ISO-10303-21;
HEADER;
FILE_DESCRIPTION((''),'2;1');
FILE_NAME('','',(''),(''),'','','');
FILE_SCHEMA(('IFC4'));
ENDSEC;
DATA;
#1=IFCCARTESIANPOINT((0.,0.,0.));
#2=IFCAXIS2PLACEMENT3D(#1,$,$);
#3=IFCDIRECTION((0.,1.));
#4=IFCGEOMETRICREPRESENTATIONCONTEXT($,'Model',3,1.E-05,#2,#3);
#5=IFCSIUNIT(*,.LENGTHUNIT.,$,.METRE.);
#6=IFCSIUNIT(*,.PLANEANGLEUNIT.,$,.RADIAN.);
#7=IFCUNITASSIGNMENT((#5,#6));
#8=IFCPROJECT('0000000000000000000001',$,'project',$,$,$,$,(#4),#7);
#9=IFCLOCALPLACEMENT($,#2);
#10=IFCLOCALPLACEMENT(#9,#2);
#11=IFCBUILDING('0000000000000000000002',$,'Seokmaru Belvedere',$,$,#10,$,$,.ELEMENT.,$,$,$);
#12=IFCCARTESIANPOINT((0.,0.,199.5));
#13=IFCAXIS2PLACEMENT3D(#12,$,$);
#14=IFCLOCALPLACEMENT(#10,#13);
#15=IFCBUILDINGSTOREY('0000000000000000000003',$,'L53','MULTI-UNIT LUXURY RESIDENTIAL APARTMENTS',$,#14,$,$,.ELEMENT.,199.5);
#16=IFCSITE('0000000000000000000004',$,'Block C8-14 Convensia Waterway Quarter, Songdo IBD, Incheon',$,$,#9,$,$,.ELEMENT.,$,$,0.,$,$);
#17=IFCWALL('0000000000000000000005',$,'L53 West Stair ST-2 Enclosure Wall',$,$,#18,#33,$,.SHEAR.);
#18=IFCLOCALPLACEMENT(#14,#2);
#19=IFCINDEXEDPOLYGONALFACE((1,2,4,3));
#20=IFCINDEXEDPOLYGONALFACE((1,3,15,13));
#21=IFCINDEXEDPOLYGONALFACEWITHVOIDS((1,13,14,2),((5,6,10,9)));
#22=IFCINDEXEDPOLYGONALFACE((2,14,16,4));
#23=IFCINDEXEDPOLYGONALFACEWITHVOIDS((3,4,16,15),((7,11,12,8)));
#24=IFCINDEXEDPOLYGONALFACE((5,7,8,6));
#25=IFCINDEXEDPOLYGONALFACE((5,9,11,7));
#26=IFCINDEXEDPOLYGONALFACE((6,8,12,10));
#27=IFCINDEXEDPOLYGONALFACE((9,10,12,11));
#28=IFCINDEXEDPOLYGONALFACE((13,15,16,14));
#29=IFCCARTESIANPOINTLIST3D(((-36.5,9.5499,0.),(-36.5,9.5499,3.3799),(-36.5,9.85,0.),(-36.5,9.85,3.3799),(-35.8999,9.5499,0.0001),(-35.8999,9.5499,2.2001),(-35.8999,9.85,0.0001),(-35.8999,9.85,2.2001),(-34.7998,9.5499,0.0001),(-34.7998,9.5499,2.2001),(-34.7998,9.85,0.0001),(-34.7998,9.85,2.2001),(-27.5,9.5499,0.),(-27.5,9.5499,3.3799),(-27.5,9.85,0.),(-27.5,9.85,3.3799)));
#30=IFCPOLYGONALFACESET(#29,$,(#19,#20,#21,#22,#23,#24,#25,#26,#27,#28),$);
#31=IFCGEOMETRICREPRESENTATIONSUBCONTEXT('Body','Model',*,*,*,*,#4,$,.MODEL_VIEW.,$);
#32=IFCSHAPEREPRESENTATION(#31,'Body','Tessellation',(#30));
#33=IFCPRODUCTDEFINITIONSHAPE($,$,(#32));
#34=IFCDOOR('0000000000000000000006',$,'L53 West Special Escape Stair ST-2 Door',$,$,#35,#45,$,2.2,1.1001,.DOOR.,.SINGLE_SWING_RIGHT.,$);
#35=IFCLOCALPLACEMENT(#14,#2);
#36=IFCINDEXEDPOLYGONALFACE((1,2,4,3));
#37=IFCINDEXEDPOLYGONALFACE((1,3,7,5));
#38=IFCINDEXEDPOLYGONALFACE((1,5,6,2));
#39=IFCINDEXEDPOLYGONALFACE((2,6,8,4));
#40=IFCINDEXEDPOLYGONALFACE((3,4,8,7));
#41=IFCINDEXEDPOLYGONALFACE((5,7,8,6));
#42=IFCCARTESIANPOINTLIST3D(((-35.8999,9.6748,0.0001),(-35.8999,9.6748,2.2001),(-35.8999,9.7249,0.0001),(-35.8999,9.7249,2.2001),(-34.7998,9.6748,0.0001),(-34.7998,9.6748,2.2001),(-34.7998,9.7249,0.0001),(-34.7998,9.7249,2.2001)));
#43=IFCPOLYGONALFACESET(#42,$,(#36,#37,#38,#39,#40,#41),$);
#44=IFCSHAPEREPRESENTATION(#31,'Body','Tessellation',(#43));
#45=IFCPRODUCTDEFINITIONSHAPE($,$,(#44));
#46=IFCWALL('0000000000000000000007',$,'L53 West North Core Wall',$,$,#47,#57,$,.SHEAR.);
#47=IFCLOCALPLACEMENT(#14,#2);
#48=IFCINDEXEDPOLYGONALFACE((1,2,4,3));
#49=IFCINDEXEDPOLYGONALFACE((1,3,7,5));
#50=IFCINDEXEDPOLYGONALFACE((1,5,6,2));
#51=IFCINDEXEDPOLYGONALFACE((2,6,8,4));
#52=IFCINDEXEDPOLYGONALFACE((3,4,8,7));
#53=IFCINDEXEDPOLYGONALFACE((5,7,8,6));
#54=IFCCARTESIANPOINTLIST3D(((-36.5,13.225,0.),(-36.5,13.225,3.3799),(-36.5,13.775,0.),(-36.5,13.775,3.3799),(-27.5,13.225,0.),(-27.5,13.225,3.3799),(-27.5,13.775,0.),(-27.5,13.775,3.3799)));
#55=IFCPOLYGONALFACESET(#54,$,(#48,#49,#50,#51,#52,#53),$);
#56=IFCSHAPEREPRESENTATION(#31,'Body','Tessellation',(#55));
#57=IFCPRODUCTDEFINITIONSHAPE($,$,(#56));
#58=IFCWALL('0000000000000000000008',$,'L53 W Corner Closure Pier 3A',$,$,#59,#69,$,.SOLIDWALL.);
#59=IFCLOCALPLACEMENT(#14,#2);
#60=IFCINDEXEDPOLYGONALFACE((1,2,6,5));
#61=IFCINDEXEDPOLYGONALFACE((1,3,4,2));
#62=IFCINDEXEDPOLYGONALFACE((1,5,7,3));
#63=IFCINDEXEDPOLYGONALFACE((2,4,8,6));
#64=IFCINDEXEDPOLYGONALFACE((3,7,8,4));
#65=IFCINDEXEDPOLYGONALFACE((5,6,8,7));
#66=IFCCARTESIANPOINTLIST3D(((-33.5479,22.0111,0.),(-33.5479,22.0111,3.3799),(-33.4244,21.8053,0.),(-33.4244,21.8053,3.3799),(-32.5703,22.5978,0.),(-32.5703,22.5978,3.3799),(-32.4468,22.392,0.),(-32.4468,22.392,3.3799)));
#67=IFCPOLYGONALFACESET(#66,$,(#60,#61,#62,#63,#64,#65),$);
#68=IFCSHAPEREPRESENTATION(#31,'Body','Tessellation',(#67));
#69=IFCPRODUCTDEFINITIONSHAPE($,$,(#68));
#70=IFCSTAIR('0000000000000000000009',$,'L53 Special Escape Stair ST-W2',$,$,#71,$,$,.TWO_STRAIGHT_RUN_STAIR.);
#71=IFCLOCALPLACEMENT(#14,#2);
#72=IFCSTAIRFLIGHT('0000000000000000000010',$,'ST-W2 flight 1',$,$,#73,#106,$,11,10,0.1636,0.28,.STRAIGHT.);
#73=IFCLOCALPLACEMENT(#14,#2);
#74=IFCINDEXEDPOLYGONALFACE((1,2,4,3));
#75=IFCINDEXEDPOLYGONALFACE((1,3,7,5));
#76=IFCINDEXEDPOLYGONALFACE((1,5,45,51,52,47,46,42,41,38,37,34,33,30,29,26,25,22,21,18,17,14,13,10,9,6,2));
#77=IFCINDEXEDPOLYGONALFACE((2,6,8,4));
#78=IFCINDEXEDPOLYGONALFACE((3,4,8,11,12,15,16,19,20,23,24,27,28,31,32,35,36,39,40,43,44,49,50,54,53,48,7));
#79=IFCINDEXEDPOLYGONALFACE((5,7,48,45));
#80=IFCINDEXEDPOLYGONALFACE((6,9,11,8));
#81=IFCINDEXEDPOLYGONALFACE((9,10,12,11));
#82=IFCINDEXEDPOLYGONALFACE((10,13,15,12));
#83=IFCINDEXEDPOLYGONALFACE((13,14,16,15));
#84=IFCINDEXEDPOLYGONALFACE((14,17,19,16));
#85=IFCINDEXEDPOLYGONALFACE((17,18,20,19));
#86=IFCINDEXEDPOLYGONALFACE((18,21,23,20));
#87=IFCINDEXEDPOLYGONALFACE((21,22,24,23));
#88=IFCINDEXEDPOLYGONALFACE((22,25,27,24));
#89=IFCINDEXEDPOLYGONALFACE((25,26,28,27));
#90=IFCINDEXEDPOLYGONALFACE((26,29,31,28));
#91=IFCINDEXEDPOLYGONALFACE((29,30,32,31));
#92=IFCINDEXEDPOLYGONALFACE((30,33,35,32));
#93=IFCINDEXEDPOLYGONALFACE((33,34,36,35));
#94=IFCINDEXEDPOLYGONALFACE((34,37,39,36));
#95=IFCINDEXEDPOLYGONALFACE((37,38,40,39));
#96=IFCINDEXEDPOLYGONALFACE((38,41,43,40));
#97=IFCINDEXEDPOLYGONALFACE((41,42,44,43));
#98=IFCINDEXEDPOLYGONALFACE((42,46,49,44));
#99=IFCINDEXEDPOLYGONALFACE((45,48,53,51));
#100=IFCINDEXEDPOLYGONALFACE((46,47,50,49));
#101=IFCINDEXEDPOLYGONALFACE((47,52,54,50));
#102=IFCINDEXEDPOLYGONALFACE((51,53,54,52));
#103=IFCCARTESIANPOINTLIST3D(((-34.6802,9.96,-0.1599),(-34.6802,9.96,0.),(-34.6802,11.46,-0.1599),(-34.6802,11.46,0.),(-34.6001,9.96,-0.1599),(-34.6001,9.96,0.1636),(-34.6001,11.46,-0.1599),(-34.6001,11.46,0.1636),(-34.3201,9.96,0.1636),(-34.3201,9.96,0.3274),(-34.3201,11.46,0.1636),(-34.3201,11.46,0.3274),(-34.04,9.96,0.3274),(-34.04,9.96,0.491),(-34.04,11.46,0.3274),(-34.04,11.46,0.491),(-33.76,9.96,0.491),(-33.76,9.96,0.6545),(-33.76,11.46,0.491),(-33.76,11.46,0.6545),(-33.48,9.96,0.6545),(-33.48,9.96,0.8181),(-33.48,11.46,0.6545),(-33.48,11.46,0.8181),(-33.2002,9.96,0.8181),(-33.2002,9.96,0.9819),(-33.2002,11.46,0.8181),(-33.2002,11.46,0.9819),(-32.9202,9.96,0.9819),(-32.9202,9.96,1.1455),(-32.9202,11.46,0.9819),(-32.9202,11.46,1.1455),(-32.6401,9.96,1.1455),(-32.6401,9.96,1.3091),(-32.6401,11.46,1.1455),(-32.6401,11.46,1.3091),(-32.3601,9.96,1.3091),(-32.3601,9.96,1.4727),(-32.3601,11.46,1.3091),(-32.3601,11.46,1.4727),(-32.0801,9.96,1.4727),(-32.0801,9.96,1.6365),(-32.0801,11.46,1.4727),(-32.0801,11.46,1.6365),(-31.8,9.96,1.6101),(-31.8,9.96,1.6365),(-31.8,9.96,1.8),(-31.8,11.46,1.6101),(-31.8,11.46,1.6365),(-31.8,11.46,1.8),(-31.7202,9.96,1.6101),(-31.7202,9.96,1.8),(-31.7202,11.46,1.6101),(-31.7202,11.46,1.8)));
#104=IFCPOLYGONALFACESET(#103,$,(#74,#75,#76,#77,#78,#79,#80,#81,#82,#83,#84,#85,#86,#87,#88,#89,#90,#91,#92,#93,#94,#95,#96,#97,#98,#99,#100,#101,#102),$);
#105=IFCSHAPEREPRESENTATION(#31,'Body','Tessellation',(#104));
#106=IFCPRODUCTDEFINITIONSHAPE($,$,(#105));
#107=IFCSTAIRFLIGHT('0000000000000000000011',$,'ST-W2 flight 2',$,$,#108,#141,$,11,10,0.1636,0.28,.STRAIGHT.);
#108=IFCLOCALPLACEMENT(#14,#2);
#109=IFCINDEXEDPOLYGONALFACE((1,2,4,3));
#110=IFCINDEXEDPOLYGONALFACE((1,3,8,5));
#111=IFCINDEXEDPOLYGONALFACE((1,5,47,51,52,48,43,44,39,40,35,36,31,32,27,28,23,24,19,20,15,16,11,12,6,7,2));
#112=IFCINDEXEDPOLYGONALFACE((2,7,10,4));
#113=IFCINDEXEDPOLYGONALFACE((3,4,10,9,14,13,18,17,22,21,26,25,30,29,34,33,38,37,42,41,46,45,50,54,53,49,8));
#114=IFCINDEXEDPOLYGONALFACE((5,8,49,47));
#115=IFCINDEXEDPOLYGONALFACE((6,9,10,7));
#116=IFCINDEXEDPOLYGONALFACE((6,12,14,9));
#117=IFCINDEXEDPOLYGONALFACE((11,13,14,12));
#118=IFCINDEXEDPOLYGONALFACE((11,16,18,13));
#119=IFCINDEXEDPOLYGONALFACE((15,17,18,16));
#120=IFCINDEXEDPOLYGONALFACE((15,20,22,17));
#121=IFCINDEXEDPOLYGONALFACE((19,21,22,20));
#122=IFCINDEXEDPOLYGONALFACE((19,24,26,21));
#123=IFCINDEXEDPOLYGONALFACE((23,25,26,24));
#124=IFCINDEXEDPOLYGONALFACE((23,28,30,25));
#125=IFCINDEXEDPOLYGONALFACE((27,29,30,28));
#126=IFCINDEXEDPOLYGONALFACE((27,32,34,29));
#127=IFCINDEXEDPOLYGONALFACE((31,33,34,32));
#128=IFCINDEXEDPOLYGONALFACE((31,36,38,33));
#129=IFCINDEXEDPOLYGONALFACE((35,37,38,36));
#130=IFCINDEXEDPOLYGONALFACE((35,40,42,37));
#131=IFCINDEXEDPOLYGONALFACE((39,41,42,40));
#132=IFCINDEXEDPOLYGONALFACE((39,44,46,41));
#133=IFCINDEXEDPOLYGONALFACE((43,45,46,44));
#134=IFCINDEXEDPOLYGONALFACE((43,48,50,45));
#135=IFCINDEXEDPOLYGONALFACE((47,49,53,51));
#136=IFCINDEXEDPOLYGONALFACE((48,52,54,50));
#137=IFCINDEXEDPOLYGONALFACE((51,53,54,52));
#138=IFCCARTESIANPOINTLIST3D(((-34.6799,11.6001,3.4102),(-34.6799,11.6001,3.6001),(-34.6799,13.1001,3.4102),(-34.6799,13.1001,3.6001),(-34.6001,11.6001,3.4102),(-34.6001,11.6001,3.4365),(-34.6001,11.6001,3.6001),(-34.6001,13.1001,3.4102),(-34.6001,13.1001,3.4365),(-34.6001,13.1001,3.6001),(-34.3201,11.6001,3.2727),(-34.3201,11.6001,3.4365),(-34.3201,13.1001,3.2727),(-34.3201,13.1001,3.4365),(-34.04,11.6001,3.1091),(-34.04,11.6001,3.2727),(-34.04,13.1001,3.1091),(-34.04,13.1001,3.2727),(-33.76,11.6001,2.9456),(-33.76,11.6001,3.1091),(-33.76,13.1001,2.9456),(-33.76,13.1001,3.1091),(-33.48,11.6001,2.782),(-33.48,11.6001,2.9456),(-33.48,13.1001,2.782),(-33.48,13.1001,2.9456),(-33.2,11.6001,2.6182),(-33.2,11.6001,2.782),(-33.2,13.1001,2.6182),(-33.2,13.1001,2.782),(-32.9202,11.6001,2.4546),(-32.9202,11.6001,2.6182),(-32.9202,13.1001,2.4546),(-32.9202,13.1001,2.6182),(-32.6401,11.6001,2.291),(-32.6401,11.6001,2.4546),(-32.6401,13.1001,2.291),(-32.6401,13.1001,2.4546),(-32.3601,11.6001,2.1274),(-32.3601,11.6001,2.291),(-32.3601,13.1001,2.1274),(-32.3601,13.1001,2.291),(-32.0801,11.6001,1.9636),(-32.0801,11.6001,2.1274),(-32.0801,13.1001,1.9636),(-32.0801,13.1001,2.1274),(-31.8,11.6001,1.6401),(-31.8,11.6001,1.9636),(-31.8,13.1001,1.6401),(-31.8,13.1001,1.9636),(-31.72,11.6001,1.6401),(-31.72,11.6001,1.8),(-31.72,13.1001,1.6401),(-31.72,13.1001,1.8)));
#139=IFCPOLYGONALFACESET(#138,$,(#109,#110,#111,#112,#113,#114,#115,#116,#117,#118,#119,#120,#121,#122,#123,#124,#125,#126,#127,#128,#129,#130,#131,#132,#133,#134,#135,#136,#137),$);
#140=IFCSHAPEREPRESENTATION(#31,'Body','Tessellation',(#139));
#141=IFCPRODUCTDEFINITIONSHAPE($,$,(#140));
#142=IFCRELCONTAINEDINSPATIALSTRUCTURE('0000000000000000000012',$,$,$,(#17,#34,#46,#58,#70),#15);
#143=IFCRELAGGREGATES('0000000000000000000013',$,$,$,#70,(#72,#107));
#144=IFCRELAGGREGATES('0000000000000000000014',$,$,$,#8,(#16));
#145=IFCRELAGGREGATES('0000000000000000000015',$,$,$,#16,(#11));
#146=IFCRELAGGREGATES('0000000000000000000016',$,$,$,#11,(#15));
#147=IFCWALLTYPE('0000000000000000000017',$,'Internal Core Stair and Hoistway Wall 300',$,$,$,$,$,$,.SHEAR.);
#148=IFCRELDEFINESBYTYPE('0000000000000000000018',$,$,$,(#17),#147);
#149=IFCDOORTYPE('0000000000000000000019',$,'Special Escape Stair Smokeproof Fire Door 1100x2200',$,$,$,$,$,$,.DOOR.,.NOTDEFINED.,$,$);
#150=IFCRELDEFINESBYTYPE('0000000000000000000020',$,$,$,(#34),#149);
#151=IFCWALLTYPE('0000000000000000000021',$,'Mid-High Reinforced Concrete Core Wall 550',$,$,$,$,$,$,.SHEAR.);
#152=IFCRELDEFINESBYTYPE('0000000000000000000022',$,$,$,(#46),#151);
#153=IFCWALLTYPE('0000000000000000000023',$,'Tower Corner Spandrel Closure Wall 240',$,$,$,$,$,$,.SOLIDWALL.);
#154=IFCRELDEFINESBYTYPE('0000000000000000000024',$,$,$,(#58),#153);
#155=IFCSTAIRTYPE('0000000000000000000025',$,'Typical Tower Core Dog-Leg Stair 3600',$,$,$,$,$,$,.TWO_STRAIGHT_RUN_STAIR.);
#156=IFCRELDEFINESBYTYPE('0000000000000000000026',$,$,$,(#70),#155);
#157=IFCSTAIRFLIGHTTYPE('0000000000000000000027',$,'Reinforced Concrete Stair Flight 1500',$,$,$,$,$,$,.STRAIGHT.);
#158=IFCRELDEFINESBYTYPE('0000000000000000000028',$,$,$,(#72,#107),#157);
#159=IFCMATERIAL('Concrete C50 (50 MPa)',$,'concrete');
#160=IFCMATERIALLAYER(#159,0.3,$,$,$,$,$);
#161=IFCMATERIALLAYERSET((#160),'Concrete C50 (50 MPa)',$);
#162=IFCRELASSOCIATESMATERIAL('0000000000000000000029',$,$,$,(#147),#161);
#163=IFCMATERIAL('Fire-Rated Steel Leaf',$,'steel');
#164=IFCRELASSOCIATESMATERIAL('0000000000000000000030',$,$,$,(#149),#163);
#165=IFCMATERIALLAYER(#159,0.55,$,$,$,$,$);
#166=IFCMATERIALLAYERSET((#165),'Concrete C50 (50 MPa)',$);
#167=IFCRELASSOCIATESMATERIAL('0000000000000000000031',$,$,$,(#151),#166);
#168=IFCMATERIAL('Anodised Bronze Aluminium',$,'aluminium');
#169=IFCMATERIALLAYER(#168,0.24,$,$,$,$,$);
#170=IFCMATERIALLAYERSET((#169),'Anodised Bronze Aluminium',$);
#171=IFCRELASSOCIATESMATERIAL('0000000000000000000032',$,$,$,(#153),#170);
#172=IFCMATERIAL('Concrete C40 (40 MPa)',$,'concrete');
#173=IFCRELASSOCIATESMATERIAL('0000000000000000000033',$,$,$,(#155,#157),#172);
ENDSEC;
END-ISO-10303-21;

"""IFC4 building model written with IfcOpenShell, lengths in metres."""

from ifc_helpers import new_model, si_unit, direction, frame, frame_2d, origin, place, context, subcontext, project, spatial, polyline, rectangle, outline, extrude, source, transform, mapped, material, layer, layer_set, type_object, type_shapes, element, fill, aggregate, save


model = new_model("IFC4")

# Units and contexts
model_context = context("Model", 3, precision=1e-05, world=origin(), true_north=direction((0.0, 1.0)))
body_context = subcontext(model_context, "Body", "Model", "MODEL_VIEW")
ifc_project = project(units=[si_unit("LENGTHUNIT", "METRE"), si_unit("PLANEANGLEUNIT", "RADIAN")], contexts=[model_context])

# Site, building, storey
site_placement = place(None, origin())
site = spatial("IfcSite", under=ifc_project, at=site_placement, Name="Block C8-14 Convensia Waterway Quarter, Songdo IBD, Incheon", CompositionType="ELEMENT", RefElevation=0.0)
building_placement = place(site_placement, origin())
building = spatial("IfcBuilding", under=site, at=building_placement, Name="Seokmaru Belvedere", CompositionType="ELEMENT")
storey_placement = place(building_placement, frame((0.0, 0.0, 199.5)))
storey = spatial("IfcBuildingStorey", under=building, at=storey_placement, Name="L53", Description="MULTI-UNIT LUXURY RESIDENTIAL APARTMENTS", CompositionType="ELEMENT", Elevation=199.5)

# Shared definitions
ifc_material_1 = material(Name="Anodised Bronze Aluminium", Category="aluminium")

# Shared definitions
ifc_material_2 = material(Name="Fire-Rated Steel Leaf", Category="steel")

# Wall, opening, door
ifc_material_3 = material(Name="Concrete C50 (50 MPa)", Category="concrete")
ifc_layer_1 = layer(ifc_material_3, 0.3)
ifc_layer_set_1 = layer_set([ifc_layer_1], Name="Concrete C50 (50 MPa)")
wall_type_1 = type_object("IfcWallType", Name="Internal Core Stair and Hoistway Wall 300", PredefinedType="SHEAR", material=ifc_layer_set_1)
wall_1_placement = place(storey_placement, frame((-36.5, 9.7, 0.0), z_axis=(0.0, 0.0, 1.0), x_axis=(1.0, 0.0, 0.0)))
wall_1 = element("IfcWall", 1, at=wall_1_placement, inside=storey, type_object=wall_type_1, Name="L53 West Stair ST-2 Enclosure Wall", PredefinedType="SHEAR", context=body_context, shape_type="SweptSolid", body=[
    extrude(rectangle(XDim=9.0, YDim=0.3, at=frame_2d((4.5, 0.0))), origin(), (0.0, 0.0, 1.0), 3.3799),
])
opening_1_placement = place(wall_1_placement, frame((0.6001, 0.0, 0.0)))
opening_1 = element("IfcOpeningElement", 2, at=opening_1_placement, cuts=wall_1, PredefinedType="OPENING", context=body_context, shape_type="SweptSolid", body=[
    extrude(rectangle(XDim=1.1001, YDim=2.2, at=frame_2d((0.55, 1.1001))), frame((0.0, 0.1602, 0.0), z_axis=(0.0, -1.0, 0.0), x_axis=(1.0, 0.0, 0.0)), (0.0, 0.0, 1.0), 0.3201),
])
door_type_1 = type_object("IfcDoorType", Name="Special Escape Stair Smokeproof Fire Door 1100x2200", OperationType="NOTDEFINED", PredefinedType="DOOR", material=ifc_material_2)
shared_shape_1 = source(origin(), body_context, "Body", "SweptSolid", [
    extrude(rectangle(XDim=1.1001, YDim=2.2, at=frame_2d((0.55, 1.1001))), frame((0.0, 0.0249, 0.0), z_axis=(0.0, -1.0, 0.0), x_axis=(1.0, 0.0, 0.0)), (0.0, 0.0, 1.0), 0.05),
])
type_shapes(door_type_1, [shared_shape_1])
door_1_placement = place(opening_1_placement, origin())
door_1 = element("IfcDoor", 3, at=door_1_placement, inside=storey, type_object=door_type_1, Name="L53 West Special Escape Stair ST-2 Door", OperationType="SINGLE_SWING_RIGHT", OverallHeight=2.2, OverallWidth=1.1001, PredefinedType="DOOR", context=body_context, shape_type="MappedRepresentation", body=[
    mapped(shared_shape_1, transform((0.0, 0.0, 0.0), scale=1.0)),
])
fill(opening_1, door_1)

# Wall
ifc_layer_2 = layer(ifc_material_3, 0.55)
ifc_layer_set_2 = layer_set([ifc_layer_2], Name="Concrete C50 (50 MPa)")
wall_type_2 = type_object("IfcWallType", Name="Mid-High Reinforced Concrete Core Wall 550", PredefinedType="SHEAR", material=ifc_layer_set_2)
wall_2_placement = place(storey_placement, frame((-36.5, 13.5, 0.0), z_axis=(0.0, 0.0, 1.0), x_axis=(1.0, 0.0, 0.0)))
element("IfcWall", 4, at=wall_2_placement, inside=storey, type_object=wall_type_2, Name="L53 West North Core Wall", PredefinedType="SHEAR", context=body_context, shape_type="SweptSolid", body=[
    extrude(rectangle(XDim=9.0, YDim=0.55, at=frame_2d((4.5, 0.0))), origin(), (0.0, 0.0, 1.0), 3.3799),
])

# Wall
ifc_layer_3 = layer(ifc_material_1, 0.24)
ifc_layer_set_3 = layer_set([ifc_layer_3], Name="Anodised Bronze Aluminium")
wall_type_3 = type_object("IfcWallType", Name="Tower Corner Spandrel Closure Wall 240", PredefinedType="SOLIDWALL", material=ifc_layer_set_3)
wall_3_placement = place(storey_placement, frame((-32.5085, 22.4949, 0.0), z_axis=(0.0, 0.0, 1.0), x_axis=(-0.857436, -0.51459, 0.0)))
element("IfcWall", 5, at=wall_3_placement, inside=storey, type_object=wall_type_3, Name="L53 W Corner Closure Pier 3A", PredefinedType="SOLIDWALL", context=body_context, shape_type="SweptSolid", body=[
    extrude(rectangle(XDim=1.1401, YDim=0.24, at=frame_2d((0.5701, 0.0))), origin(), (0.0, 0.0, 1.0), 3.3799),
])

# Stair, stair flights
ifc_material_4 = material(Name="Concrete C40 (40 MPa)", Category="concrete")
stair_type = type_object("IfcStairType", Name="Typical Tower Core Dog-Leg Stair 3600", PredefinedType="TWO_STRAIGHT_RUN_STAIR", material=ifc_material_4)
stair_placement = place(storey_placement, origin())
stair = element("IfcStair", 6, at=stair_placement, inside=storey, type_object=stair_type, Name="L53 Special Escape Stair ST-W2", PredefinedType="TWO_STRAIGHT_RUN_STAIR")
stair_flight_type = type_object("IfcStairFlightType", Name="Reinforced Concrete Stair Flight 1500", PredefinedType="STRAIGHT", material=ifc_material_4)
stair_flight_1_placement = place(storey_placement, frame((-34.6001, 10.71, 0.0), z_axis=(0.0, 0.0, 1.0), x_axis=(1.0, 0.0, 0.0)))
stair_flight_1 = element("IfcStairFlight", 7, at=stair_flight_1_placement, type_object=stair_flight_type, Name="ST-W2 flight 1", NumberOfRisers=11, NumberOfTreads=10, PredefinedType="STRAIGHT", RiserHeight=0.1636, TreadLength=0.28, context=body_context, shape_type="SweptSolid", body=[
    extrude(outline(polyline([(-0.0801, 0.0), (0.0, 0.1636), (0.28, 0.1636), (0.28, 0.3274), (0.5601, 0.3274), (0.5601, 0.491), (0.8401, 0.491), (0.8401, 0.6545), (1.1201, 0.6545), (1.1201, 0.8181), (1.3999, 0.8181), (1.3999, 0.9819), (1.6799, 0.9819), (1.6799, 1.1455), (1.96, 1.1455), (1.96, 1.3091), (2.24, 1.3091), (2.24, 1.4727), (2.52, 1.4727), (2.52, 1.6365), (2.8, 1.6365), (2.8, 1.8), (2.8799, 1.8), (2.8799, 1.6101), (2.8, 1.6101), (0.0, -0.1599), (-0.0801, -0.1599), (-0.0801, 0.0)])), frame((0.0, 0.75, 0.0), z_axis=(0.0, -1.0, 0.0), x_axis=(1.0, 0.0, 0.0)), (0.0, 0.0, 1.0), 1.5),
])
stair_flight_2_placement = place(storey_placement, frame((-31.8, 12.3501, 1.8), z_axis=(0.0, 0.0, 1.0), x_axis=(-1.0, 0.0, 0.0)))
stair_flight_2 = element("IfcStairFlight", 8, at=stair_flight_2_placement, type_object=stair_flight_type, Name="ST-W2 flight 2", NumberOfRisers=11, NumberOfTreads=10, PredefinedType="STRAIGHT", RiserHeight=0.1636, TreadLength=0.28, context=body_context, shape_type="SweptSolid", body=[
    extrude(outline(polyline([(-0.0801, 0.0), (0.0, 0.1636), (0.28, 0.1636), (0.28, 0.3274), (0.5601, 0.3274), (0.5601, 0.491), (0.8401, 0.491), (0.8401, 0.6545), (1.1201, 0.6545), (1.1201, 0.8181), (1.3999, 0.8181), (1.3999, 0.9819), (1.6799, 0.9819), (1.6799, 1.1455), (1.96, 1.1455), (1.96, 1.3091), (2.24, 1.3091), (2.24, 1.4727), (2.52, 1.4727), (2.52, 1.6365), (2.8, 1.6365), (2.8, 1.8), (2.8799, 1.8), (2.8799, 1.6101), (2.8, 1.6101), (0.0, -0.1599), (-0.0801, -0.1599), (-0.0801, 0.0)])), frame((0.0, 0.75, 0.0), z_axis=(0.0, -1.0, 0.0), x_axis=(1.0, 0.0, 0.0)), (0.0, 0.0, 1.0), 1.5),
])
aggregate(stair, [stair_flight_1, stair_flight_2])

save(model, "model.ifc")
